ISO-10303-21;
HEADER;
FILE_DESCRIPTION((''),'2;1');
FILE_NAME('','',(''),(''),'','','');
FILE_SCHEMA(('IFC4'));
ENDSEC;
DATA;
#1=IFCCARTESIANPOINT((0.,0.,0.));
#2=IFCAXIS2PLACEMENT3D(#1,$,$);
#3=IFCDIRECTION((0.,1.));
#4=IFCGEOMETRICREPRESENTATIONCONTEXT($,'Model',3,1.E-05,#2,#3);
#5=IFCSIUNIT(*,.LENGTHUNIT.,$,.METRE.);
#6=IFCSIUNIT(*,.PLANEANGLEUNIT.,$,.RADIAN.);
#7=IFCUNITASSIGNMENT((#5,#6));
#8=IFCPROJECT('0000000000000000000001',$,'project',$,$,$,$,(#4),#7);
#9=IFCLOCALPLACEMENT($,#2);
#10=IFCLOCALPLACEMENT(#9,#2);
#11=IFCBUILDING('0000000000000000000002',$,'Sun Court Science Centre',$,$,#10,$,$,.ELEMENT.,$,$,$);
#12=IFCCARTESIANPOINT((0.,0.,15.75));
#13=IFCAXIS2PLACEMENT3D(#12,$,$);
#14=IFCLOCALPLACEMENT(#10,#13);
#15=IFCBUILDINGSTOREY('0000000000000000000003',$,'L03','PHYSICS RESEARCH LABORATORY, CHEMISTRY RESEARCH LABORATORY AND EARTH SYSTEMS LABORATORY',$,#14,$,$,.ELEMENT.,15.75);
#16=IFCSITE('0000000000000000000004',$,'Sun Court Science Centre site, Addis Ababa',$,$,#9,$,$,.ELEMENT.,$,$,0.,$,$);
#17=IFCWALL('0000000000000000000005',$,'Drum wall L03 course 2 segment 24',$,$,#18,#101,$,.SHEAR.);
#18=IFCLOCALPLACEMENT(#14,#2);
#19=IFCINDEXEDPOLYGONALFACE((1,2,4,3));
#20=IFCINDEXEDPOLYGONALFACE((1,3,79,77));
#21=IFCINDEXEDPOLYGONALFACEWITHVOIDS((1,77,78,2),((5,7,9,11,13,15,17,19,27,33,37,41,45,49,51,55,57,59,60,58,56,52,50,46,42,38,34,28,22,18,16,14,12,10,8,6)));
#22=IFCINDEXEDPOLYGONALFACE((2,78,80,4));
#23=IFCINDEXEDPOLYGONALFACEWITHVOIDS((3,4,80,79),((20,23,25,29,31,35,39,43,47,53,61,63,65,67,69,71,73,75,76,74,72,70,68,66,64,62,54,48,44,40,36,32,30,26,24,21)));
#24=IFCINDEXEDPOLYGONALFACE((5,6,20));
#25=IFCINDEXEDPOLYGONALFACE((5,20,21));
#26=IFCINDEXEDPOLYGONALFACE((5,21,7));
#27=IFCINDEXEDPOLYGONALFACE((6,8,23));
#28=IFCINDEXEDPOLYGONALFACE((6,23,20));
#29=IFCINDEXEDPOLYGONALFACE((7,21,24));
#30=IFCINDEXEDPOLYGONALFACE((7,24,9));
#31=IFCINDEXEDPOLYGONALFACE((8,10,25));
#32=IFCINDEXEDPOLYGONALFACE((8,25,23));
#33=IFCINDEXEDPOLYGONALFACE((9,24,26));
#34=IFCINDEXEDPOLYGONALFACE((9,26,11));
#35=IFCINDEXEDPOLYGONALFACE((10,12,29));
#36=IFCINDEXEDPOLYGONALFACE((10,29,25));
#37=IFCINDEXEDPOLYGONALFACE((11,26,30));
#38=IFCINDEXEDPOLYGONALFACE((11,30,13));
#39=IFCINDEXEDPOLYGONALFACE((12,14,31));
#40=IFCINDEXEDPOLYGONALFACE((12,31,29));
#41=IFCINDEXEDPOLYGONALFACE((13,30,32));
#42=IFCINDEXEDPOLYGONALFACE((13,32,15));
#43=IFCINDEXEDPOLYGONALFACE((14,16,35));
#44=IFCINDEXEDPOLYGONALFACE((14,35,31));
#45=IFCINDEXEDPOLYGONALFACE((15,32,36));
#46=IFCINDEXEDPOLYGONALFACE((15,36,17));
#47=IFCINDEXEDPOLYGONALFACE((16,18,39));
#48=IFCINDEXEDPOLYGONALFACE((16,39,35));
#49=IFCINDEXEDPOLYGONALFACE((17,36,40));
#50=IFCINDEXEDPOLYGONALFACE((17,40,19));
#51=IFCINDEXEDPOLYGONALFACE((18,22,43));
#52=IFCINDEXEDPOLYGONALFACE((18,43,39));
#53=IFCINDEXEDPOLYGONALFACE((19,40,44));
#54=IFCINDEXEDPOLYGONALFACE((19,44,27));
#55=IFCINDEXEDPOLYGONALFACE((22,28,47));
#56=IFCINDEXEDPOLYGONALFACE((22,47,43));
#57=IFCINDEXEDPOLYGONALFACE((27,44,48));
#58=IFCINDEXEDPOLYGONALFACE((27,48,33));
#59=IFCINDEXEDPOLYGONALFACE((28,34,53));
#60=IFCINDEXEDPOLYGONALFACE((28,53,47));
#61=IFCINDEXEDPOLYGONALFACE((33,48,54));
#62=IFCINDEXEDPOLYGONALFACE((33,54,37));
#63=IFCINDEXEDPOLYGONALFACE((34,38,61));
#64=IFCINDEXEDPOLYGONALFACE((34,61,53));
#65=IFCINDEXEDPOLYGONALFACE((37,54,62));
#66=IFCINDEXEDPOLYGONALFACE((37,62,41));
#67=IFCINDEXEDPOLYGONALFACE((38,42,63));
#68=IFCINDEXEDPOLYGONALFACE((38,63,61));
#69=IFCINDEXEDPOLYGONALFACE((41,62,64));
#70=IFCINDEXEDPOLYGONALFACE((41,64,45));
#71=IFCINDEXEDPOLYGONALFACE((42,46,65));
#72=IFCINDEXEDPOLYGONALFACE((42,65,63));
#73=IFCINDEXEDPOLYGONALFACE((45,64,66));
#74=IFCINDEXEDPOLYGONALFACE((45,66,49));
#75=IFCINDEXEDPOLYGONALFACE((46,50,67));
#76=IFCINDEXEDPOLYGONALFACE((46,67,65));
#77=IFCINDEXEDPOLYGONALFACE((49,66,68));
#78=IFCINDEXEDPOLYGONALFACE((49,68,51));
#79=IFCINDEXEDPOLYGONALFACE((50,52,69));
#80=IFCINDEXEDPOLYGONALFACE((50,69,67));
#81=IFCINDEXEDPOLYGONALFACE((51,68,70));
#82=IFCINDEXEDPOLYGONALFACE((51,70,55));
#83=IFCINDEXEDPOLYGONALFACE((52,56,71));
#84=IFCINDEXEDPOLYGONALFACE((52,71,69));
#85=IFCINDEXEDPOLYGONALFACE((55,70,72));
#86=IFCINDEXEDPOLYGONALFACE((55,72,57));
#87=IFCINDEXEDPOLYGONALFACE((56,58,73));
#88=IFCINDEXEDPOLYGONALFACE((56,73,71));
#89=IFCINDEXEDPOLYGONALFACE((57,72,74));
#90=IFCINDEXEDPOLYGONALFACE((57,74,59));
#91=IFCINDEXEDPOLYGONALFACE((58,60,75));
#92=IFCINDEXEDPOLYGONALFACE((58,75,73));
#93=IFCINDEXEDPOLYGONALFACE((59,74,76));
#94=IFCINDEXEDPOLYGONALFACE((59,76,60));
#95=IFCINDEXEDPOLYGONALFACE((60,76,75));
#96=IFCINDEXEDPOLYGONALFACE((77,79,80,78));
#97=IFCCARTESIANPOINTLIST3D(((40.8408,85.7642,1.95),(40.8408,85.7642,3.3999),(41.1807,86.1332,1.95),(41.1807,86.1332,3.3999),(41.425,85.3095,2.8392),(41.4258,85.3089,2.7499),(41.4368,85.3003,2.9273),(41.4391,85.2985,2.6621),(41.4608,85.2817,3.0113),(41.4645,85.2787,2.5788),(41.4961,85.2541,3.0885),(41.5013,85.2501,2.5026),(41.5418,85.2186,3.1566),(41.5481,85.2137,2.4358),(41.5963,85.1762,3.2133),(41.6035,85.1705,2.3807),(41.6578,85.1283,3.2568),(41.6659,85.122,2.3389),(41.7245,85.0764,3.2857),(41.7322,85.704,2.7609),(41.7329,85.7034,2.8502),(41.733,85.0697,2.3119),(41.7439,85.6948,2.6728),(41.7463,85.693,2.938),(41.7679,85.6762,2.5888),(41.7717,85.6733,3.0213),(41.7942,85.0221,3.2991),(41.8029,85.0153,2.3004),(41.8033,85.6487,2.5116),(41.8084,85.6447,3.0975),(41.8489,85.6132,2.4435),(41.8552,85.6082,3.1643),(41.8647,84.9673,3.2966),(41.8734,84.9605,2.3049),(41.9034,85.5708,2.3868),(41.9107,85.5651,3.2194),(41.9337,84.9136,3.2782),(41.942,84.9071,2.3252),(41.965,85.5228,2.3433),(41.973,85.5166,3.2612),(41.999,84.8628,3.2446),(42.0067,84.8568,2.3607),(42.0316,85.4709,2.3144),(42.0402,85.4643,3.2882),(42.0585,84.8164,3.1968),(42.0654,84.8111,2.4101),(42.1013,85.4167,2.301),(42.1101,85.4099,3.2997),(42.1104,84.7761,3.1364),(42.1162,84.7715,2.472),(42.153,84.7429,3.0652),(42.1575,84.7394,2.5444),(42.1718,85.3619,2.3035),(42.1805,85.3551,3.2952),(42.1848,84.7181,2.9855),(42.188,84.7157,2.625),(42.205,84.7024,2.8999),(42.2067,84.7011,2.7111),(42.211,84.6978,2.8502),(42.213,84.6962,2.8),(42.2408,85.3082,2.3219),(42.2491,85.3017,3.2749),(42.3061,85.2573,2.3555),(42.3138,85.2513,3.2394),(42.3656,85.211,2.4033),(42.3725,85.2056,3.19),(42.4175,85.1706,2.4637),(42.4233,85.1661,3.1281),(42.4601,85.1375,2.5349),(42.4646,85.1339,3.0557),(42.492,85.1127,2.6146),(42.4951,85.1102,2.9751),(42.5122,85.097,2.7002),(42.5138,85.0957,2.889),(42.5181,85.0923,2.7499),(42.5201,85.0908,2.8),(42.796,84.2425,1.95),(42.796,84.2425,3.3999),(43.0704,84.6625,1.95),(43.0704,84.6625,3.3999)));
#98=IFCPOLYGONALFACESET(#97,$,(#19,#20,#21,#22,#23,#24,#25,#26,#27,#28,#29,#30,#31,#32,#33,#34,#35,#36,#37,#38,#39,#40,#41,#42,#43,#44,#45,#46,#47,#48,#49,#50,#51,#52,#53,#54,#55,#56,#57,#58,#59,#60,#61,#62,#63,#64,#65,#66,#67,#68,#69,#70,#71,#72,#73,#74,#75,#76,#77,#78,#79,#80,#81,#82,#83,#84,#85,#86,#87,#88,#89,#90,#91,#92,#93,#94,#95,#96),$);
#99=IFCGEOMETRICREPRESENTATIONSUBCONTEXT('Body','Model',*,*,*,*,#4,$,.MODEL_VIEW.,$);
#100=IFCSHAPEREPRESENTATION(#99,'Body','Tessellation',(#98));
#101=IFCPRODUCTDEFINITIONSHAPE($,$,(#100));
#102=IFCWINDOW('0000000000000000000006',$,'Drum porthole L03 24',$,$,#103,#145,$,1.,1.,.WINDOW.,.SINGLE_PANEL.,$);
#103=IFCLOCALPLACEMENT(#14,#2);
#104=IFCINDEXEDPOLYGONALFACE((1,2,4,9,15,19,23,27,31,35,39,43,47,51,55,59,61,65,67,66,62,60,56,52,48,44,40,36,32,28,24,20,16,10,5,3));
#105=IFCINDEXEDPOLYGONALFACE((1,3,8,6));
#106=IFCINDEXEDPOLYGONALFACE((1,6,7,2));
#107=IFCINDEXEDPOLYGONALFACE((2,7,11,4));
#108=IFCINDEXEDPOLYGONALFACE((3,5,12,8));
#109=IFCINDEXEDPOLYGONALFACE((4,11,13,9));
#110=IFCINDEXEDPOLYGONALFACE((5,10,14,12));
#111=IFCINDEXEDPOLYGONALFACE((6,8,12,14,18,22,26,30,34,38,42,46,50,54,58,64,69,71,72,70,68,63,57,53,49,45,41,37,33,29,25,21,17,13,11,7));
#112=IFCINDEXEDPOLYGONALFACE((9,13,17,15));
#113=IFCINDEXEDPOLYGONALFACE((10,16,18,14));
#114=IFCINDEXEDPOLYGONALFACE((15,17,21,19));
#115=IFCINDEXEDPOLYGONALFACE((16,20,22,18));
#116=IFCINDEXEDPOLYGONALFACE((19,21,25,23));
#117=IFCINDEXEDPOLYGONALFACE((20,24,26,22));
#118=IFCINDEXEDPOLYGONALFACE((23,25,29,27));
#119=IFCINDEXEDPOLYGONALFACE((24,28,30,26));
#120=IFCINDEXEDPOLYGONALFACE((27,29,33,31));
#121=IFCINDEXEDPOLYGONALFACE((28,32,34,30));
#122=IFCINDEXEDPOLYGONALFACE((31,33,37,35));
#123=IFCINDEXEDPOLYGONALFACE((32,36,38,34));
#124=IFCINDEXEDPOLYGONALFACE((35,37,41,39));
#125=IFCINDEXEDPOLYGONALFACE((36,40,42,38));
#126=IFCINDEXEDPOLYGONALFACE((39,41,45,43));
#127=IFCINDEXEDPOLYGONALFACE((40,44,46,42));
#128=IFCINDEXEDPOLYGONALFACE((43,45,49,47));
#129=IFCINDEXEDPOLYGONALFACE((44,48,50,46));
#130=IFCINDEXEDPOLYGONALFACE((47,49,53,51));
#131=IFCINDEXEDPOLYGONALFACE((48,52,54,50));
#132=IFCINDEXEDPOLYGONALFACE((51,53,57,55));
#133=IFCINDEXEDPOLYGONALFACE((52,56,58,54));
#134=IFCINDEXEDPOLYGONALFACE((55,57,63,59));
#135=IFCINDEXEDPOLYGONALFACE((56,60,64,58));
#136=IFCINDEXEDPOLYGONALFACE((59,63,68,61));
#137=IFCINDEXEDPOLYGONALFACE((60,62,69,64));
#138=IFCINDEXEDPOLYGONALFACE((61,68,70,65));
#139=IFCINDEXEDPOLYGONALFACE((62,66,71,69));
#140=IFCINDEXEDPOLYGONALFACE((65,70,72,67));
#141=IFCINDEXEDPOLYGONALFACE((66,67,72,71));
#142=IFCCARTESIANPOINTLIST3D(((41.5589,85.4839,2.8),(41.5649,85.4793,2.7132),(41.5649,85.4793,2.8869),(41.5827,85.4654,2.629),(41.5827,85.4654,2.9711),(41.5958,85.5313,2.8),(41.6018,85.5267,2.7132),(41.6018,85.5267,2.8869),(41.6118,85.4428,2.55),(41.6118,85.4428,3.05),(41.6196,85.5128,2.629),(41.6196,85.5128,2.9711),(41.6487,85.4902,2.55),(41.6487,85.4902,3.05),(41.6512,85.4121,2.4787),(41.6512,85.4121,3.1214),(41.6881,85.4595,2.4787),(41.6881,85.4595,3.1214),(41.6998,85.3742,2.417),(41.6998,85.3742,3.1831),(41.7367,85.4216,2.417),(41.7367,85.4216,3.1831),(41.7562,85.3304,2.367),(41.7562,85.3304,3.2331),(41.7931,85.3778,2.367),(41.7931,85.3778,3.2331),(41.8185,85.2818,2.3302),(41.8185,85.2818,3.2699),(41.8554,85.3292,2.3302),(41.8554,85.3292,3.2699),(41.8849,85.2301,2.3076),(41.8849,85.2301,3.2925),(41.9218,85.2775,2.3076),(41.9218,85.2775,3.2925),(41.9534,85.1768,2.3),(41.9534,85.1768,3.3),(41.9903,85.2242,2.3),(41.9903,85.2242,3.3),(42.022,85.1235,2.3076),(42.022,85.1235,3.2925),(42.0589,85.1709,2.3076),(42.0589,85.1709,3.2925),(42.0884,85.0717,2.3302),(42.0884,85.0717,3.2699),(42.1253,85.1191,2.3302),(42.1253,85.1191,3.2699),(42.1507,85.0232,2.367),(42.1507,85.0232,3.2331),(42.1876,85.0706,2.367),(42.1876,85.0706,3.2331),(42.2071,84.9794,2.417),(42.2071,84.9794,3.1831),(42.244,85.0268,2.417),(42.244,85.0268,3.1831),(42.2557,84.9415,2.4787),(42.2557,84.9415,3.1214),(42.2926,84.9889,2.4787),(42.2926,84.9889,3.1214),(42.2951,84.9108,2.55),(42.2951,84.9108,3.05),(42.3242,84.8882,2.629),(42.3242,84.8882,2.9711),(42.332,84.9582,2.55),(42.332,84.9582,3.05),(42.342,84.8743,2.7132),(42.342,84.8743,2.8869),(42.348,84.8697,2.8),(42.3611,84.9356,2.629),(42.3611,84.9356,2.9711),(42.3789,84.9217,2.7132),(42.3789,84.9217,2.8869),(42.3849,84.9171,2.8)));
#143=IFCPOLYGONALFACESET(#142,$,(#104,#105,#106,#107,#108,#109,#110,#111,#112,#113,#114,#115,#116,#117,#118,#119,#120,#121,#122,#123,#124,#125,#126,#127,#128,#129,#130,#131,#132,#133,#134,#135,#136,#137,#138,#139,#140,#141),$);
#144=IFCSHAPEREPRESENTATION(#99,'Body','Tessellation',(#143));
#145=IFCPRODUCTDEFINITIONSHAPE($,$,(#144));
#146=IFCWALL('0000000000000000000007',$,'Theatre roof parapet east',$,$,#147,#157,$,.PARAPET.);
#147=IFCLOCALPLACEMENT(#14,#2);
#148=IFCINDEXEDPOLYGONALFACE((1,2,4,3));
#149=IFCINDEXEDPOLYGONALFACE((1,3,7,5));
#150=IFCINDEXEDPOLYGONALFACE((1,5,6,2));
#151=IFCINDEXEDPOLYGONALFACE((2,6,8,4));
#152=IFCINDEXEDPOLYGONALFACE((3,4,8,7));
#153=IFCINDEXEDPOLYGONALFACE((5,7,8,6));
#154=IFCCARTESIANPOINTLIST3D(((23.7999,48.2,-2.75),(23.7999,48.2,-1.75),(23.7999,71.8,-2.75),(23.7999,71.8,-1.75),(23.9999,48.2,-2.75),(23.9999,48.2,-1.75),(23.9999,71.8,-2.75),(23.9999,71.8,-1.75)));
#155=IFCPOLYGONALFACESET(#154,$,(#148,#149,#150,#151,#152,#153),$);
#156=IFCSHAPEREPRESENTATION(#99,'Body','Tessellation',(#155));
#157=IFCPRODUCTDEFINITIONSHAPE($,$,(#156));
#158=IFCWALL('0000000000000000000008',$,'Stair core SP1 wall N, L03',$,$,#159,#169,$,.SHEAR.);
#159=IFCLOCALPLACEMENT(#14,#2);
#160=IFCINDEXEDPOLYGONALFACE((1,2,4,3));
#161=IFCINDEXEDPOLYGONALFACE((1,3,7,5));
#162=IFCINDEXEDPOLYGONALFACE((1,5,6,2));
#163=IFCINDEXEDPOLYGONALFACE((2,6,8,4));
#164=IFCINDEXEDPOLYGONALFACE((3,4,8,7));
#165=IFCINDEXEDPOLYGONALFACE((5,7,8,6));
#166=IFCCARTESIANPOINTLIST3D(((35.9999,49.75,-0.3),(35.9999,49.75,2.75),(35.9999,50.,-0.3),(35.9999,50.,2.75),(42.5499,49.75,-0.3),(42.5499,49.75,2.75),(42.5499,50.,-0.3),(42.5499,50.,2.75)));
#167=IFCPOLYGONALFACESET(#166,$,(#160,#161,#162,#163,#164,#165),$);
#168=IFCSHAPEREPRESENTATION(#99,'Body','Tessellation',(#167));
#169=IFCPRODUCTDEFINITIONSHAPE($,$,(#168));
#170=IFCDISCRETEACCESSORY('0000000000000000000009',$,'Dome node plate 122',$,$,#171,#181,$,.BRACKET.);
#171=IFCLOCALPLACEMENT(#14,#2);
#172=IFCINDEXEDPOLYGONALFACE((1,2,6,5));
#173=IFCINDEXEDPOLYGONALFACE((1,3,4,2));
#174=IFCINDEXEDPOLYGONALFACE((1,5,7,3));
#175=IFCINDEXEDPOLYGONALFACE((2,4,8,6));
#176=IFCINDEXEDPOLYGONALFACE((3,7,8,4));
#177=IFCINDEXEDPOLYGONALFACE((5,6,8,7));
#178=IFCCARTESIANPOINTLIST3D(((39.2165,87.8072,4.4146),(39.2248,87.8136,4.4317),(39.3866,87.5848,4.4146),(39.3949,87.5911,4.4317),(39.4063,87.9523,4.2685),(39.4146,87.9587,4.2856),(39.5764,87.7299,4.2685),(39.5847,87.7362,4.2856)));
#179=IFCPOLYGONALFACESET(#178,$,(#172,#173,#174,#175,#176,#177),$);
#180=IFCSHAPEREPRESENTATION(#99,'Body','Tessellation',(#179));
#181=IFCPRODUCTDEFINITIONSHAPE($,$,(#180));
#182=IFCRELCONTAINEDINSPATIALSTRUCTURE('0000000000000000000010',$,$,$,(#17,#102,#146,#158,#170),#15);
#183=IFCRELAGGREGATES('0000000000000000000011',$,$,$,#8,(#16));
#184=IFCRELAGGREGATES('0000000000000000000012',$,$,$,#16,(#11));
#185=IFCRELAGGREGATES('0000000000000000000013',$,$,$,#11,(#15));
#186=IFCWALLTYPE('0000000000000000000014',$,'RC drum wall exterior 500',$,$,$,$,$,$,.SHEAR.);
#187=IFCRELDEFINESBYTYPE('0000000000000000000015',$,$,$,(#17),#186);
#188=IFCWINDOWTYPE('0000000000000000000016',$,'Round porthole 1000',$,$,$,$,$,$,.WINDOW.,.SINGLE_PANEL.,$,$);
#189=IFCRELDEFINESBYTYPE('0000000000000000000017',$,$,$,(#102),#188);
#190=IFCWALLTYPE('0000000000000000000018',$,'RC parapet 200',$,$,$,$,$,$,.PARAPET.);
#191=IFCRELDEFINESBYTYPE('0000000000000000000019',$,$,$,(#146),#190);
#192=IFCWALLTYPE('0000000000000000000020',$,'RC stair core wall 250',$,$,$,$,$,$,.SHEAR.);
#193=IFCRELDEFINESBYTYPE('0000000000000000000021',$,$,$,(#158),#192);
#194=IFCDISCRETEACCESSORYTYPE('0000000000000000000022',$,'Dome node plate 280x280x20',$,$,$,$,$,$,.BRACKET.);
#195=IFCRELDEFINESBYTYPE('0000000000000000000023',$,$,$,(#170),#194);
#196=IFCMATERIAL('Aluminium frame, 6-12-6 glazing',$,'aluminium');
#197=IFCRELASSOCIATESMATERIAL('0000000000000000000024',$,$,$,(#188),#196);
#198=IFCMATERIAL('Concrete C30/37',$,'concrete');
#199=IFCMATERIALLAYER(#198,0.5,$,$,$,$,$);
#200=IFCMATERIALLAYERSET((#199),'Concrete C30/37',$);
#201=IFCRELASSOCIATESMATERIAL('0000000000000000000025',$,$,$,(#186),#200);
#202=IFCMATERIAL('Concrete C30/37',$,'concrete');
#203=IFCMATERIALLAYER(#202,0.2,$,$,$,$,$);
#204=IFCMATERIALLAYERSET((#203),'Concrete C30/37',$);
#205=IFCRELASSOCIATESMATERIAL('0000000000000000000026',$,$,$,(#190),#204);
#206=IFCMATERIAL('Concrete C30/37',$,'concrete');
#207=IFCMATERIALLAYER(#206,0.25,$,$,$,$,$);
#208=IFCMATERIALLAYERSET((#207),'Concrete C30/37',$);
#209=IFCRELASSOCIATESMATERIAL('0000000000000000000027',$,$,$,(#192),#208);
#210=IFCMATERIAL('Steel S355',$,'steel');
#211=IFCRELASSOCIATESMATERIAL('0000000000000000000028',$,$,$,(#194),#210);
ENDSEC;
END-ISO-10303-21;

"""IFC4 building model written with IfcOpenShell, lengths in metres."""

from ifc_helpers import new_model, si_unit, direction, frame, frame_2d, origin, origin_2d, place, context, subcontext, project, spatial, polyline, rectangle, circle, outline, extrude, material, layer, layer_set, material_profile, profile_set, type_object, element, fill, save


model = new_model("IFC4")

# Units and contexts
model_context = context("Model", 3, precision=1e-05, world=origin(), true_north=direction((0.0, 1.0)))
body_context = subcontext(model_context, "Body", "Model", "MODEL_VIEW")
ifc_project = project(units=[si_unit("LENGTHUNIT", "METRE"), si_unit("PLANEANGLEUNIT", "RADIAN")], contexts=[model_context])

# Site, building, storey
site_placement = place(None, origin())
site = spatial("IfcSite", under=ifc_project, at=site_placement, Name="Sun Court Science Centre site, Addis Ababa", CompositionType="ELEMENT", RefElevation=0.0)
building_placement = place(site_placement, origin())
building = spatial("IfcBuilding", under=site, at=building_placement, Name="Sun Court Science Centre", CompositionType="ELEMENT")
storey_placement = place(building_placement, frame((0.0, 0.0, 15.75)))
storey = spatial("IfcBuildingStorey", under=building, at=storey_placement, Name="L03", Description="PHYSICS RESEARCH LABORATORY, CHEMISTRY RESEARCH LABORATORY AND EARTH SYSTEMS LABORATORY", CompositionType="ELEMENT", Elevation=15.75)

# Shared definitions
ifc_material_1 = material(Name="Aluminium frame, 6-12-6 glazing", Category="aluminium")
window_type = type_object("IfcWindowType", Name="Round porthole 1000", PartitioningType="SINGLE_PANEL", PredefinedType="WINDOW", material=ifc_material_1)

# Shared definitions
ifc_material_2 = material(Name="Concrete C30/37", Category="concrete")
ifc_layer_1 = layer(ifc_material_2, 0.5)
ifc_layer_set_1 = layer_set([ifc_layer_1], Name="Concrete C30/37")
wall_type_1 = type_object("IfcWallType", Name="RC drum wall exterior 500", PredefinedType="SHEAR", material=ifc_layer_set_1)

# Wall, opening, window
wall_1_placement = place(storey_placement, frame((40.9944, 85.9614, 1.95), z_axis=(0.0, 0.0, 1.0), x_axis=(0.789097, -0.614268, 0.0)))
wall_1 = element("IfcWall", 1, at=wall_1_placement, inside=storey, type_object=wall_type_1, Name="Drum wall L03 course 2 segment 24", PredefinedType="SHEAR", context=body_context, shape_type="SweptSolid", body=[
    extrude(outline(polyline([(0.0, -0.25), (2.4775, -0.2498), (2.436, 0.2502), (0.0415, 0.25), (0.0, -0.25)])), origin(), (0.0, 0.0, 1.0), 1.45),
])
opening_1_placement = place(wall_1_placement, frame((0.7388, 0.0, 0.3501)))
opening_1 = element("IfcOpeningElement", 2, at=opening_1_placement, cuts=wall_1, PredefinedType="OPENING", context=body_context, shape_type="SweptSolid", body=[
    extrude(circle(Radius=0.5, at=frame_2d((0.5, 0.5))), frame((0.0, 0.26, 0.0), z_axis=(0.0, -1.0, 0.0), x_axis=(1.0, 0.0, 0.0)), (0.0, 0.0, 1.0), 0.52),
])
window_1_placement = place(opening_1_placement, origin())
window_1 = element("IfcWindow", 3, at=window_1_placement, inside=storey, type_object=window_type, Name="Drum porthole L03 24", OverallHeight=1.0, OverallWidth=1.0, PartitioningType="SINGLE_PANEL", PredefinedType="WINDOW", context=body_context, shape_type="SweptSolid", body=[
    extrude(circle(Radius=0.5, at=frame_2d((0.5, 0.5))), frame((0.0, 0.03, 0.0), z_axis=(0.0, -1.0, 0.0), x_axis=(1.0, 0.0, 0.0)), (0.0, 0.0, 1.0), 0.0601),
])
fill(opening_1, window_1)

# Walls
ifc_material_3 = material(Name="Concrete C30/37", Category="concrete")
ifc_layer_2 = layer(ifc_material_3, 0.2)
ifc_layer_set_2 = layer_set([ifc_layer_2], Name="Concrete C30/37")
wall_type_2 = type_object("IfcWallType", Name="RC parapet 200", PredefinedType="PARAPET", material=ifc_layer_set_2)
wall_2_placement = place(storey_placement, frame((23.8999, 48.2, -2.75), z_axis=(0.0, 0.0, 1.0), x_axis=(0.0, 1.0, 0.0)))
element("IfcWall", 4, at=wall_2_placement, inside=storey, type_object=wall_type_2, Name="Theatre roof parapet east", PredefinedType="PARAPET", context=body_context, shape_type="SweptSolid", body=[
    extrude(rectangle(XDim=23.6001, YDim=0.2, at=frame_2d((11.8, 0.0))), origin(), (0.0, 0.0, 1.0), 1.0),
])
ifc_material_4 = material(Name="Concrete C30/37", Category="concrete")
ifc_layer_3 = layer(ifc_material_4, 0.25)
ifc_layer_set_3 = layer_set([ifc_layer_3], Name="Concrete C30/37")
wall_type_3 = type_object("IfcWallType", Name="RC stair core wall 250", PredefinedType="SHEAR", material=ifc_layer_set_3)
wall_3_placement = place(storey_placement, frame((36.0, 49.875, -0.3), z_axis=(0.0, 0.0, 1.0), x_axis=(1.0, 0.0, 0.0)))
element("IfcWall", 5, at=wall_3_placement, inside=storey, type_object=wall_type_3, Name="Stair core SP1 wall N, L03", PredefinedType="SHEAR", context=body_context, shape_type="SweptSolid", body=[
    extrude(rectangle(XDim=6.55, YDim=0.25, at=frame_2d((3.2749, 0.0))), origin(), (0.0, 0.0, 1.0), 3.05),
])

# Discrete accessory
ifc_material_5 = material(Name="Steel S355", Category="steel")
ifc_material_profile_1 = material_profile(ifc_material_5, rectangle(XDim=0.28, YDim=0.28, at=origin_2d()), Name="PL 280x280")
ifc_profile_set_1 = profile_set([ifc_material_profile_1], Name="Steel S355")
discrete_accessory_type = type_object("IfcDiscreteAccessoryType", Name="Dome node plate 280x280x20", PredefinedType="BRACKET", material=ifc_profile_set_1)
discrete_accessory_placement = place(storey_placement, frame((39.3965, 87.7686, 4.3416), z_axis=(0.414388, 0.316885, 0.853151), x_axis=(-0.60745, 0.794358, 0.0)))
element("IfcDiscreteAccessory", 6, at=discrete_accessory_placement, inside=storey, type_object=discrete_accessory_type, Name="Dome node plate 122", PredefinedType="BRACKET", context=body_context, shape_type="SweptSolid", body=[
    extrude(rectangle(XDim=0.28, YDim=0.28, at=origin_2d()), origin(), (0.0, 0.0, 1.0), 0.02),
])

save(model, "model.ifc")
